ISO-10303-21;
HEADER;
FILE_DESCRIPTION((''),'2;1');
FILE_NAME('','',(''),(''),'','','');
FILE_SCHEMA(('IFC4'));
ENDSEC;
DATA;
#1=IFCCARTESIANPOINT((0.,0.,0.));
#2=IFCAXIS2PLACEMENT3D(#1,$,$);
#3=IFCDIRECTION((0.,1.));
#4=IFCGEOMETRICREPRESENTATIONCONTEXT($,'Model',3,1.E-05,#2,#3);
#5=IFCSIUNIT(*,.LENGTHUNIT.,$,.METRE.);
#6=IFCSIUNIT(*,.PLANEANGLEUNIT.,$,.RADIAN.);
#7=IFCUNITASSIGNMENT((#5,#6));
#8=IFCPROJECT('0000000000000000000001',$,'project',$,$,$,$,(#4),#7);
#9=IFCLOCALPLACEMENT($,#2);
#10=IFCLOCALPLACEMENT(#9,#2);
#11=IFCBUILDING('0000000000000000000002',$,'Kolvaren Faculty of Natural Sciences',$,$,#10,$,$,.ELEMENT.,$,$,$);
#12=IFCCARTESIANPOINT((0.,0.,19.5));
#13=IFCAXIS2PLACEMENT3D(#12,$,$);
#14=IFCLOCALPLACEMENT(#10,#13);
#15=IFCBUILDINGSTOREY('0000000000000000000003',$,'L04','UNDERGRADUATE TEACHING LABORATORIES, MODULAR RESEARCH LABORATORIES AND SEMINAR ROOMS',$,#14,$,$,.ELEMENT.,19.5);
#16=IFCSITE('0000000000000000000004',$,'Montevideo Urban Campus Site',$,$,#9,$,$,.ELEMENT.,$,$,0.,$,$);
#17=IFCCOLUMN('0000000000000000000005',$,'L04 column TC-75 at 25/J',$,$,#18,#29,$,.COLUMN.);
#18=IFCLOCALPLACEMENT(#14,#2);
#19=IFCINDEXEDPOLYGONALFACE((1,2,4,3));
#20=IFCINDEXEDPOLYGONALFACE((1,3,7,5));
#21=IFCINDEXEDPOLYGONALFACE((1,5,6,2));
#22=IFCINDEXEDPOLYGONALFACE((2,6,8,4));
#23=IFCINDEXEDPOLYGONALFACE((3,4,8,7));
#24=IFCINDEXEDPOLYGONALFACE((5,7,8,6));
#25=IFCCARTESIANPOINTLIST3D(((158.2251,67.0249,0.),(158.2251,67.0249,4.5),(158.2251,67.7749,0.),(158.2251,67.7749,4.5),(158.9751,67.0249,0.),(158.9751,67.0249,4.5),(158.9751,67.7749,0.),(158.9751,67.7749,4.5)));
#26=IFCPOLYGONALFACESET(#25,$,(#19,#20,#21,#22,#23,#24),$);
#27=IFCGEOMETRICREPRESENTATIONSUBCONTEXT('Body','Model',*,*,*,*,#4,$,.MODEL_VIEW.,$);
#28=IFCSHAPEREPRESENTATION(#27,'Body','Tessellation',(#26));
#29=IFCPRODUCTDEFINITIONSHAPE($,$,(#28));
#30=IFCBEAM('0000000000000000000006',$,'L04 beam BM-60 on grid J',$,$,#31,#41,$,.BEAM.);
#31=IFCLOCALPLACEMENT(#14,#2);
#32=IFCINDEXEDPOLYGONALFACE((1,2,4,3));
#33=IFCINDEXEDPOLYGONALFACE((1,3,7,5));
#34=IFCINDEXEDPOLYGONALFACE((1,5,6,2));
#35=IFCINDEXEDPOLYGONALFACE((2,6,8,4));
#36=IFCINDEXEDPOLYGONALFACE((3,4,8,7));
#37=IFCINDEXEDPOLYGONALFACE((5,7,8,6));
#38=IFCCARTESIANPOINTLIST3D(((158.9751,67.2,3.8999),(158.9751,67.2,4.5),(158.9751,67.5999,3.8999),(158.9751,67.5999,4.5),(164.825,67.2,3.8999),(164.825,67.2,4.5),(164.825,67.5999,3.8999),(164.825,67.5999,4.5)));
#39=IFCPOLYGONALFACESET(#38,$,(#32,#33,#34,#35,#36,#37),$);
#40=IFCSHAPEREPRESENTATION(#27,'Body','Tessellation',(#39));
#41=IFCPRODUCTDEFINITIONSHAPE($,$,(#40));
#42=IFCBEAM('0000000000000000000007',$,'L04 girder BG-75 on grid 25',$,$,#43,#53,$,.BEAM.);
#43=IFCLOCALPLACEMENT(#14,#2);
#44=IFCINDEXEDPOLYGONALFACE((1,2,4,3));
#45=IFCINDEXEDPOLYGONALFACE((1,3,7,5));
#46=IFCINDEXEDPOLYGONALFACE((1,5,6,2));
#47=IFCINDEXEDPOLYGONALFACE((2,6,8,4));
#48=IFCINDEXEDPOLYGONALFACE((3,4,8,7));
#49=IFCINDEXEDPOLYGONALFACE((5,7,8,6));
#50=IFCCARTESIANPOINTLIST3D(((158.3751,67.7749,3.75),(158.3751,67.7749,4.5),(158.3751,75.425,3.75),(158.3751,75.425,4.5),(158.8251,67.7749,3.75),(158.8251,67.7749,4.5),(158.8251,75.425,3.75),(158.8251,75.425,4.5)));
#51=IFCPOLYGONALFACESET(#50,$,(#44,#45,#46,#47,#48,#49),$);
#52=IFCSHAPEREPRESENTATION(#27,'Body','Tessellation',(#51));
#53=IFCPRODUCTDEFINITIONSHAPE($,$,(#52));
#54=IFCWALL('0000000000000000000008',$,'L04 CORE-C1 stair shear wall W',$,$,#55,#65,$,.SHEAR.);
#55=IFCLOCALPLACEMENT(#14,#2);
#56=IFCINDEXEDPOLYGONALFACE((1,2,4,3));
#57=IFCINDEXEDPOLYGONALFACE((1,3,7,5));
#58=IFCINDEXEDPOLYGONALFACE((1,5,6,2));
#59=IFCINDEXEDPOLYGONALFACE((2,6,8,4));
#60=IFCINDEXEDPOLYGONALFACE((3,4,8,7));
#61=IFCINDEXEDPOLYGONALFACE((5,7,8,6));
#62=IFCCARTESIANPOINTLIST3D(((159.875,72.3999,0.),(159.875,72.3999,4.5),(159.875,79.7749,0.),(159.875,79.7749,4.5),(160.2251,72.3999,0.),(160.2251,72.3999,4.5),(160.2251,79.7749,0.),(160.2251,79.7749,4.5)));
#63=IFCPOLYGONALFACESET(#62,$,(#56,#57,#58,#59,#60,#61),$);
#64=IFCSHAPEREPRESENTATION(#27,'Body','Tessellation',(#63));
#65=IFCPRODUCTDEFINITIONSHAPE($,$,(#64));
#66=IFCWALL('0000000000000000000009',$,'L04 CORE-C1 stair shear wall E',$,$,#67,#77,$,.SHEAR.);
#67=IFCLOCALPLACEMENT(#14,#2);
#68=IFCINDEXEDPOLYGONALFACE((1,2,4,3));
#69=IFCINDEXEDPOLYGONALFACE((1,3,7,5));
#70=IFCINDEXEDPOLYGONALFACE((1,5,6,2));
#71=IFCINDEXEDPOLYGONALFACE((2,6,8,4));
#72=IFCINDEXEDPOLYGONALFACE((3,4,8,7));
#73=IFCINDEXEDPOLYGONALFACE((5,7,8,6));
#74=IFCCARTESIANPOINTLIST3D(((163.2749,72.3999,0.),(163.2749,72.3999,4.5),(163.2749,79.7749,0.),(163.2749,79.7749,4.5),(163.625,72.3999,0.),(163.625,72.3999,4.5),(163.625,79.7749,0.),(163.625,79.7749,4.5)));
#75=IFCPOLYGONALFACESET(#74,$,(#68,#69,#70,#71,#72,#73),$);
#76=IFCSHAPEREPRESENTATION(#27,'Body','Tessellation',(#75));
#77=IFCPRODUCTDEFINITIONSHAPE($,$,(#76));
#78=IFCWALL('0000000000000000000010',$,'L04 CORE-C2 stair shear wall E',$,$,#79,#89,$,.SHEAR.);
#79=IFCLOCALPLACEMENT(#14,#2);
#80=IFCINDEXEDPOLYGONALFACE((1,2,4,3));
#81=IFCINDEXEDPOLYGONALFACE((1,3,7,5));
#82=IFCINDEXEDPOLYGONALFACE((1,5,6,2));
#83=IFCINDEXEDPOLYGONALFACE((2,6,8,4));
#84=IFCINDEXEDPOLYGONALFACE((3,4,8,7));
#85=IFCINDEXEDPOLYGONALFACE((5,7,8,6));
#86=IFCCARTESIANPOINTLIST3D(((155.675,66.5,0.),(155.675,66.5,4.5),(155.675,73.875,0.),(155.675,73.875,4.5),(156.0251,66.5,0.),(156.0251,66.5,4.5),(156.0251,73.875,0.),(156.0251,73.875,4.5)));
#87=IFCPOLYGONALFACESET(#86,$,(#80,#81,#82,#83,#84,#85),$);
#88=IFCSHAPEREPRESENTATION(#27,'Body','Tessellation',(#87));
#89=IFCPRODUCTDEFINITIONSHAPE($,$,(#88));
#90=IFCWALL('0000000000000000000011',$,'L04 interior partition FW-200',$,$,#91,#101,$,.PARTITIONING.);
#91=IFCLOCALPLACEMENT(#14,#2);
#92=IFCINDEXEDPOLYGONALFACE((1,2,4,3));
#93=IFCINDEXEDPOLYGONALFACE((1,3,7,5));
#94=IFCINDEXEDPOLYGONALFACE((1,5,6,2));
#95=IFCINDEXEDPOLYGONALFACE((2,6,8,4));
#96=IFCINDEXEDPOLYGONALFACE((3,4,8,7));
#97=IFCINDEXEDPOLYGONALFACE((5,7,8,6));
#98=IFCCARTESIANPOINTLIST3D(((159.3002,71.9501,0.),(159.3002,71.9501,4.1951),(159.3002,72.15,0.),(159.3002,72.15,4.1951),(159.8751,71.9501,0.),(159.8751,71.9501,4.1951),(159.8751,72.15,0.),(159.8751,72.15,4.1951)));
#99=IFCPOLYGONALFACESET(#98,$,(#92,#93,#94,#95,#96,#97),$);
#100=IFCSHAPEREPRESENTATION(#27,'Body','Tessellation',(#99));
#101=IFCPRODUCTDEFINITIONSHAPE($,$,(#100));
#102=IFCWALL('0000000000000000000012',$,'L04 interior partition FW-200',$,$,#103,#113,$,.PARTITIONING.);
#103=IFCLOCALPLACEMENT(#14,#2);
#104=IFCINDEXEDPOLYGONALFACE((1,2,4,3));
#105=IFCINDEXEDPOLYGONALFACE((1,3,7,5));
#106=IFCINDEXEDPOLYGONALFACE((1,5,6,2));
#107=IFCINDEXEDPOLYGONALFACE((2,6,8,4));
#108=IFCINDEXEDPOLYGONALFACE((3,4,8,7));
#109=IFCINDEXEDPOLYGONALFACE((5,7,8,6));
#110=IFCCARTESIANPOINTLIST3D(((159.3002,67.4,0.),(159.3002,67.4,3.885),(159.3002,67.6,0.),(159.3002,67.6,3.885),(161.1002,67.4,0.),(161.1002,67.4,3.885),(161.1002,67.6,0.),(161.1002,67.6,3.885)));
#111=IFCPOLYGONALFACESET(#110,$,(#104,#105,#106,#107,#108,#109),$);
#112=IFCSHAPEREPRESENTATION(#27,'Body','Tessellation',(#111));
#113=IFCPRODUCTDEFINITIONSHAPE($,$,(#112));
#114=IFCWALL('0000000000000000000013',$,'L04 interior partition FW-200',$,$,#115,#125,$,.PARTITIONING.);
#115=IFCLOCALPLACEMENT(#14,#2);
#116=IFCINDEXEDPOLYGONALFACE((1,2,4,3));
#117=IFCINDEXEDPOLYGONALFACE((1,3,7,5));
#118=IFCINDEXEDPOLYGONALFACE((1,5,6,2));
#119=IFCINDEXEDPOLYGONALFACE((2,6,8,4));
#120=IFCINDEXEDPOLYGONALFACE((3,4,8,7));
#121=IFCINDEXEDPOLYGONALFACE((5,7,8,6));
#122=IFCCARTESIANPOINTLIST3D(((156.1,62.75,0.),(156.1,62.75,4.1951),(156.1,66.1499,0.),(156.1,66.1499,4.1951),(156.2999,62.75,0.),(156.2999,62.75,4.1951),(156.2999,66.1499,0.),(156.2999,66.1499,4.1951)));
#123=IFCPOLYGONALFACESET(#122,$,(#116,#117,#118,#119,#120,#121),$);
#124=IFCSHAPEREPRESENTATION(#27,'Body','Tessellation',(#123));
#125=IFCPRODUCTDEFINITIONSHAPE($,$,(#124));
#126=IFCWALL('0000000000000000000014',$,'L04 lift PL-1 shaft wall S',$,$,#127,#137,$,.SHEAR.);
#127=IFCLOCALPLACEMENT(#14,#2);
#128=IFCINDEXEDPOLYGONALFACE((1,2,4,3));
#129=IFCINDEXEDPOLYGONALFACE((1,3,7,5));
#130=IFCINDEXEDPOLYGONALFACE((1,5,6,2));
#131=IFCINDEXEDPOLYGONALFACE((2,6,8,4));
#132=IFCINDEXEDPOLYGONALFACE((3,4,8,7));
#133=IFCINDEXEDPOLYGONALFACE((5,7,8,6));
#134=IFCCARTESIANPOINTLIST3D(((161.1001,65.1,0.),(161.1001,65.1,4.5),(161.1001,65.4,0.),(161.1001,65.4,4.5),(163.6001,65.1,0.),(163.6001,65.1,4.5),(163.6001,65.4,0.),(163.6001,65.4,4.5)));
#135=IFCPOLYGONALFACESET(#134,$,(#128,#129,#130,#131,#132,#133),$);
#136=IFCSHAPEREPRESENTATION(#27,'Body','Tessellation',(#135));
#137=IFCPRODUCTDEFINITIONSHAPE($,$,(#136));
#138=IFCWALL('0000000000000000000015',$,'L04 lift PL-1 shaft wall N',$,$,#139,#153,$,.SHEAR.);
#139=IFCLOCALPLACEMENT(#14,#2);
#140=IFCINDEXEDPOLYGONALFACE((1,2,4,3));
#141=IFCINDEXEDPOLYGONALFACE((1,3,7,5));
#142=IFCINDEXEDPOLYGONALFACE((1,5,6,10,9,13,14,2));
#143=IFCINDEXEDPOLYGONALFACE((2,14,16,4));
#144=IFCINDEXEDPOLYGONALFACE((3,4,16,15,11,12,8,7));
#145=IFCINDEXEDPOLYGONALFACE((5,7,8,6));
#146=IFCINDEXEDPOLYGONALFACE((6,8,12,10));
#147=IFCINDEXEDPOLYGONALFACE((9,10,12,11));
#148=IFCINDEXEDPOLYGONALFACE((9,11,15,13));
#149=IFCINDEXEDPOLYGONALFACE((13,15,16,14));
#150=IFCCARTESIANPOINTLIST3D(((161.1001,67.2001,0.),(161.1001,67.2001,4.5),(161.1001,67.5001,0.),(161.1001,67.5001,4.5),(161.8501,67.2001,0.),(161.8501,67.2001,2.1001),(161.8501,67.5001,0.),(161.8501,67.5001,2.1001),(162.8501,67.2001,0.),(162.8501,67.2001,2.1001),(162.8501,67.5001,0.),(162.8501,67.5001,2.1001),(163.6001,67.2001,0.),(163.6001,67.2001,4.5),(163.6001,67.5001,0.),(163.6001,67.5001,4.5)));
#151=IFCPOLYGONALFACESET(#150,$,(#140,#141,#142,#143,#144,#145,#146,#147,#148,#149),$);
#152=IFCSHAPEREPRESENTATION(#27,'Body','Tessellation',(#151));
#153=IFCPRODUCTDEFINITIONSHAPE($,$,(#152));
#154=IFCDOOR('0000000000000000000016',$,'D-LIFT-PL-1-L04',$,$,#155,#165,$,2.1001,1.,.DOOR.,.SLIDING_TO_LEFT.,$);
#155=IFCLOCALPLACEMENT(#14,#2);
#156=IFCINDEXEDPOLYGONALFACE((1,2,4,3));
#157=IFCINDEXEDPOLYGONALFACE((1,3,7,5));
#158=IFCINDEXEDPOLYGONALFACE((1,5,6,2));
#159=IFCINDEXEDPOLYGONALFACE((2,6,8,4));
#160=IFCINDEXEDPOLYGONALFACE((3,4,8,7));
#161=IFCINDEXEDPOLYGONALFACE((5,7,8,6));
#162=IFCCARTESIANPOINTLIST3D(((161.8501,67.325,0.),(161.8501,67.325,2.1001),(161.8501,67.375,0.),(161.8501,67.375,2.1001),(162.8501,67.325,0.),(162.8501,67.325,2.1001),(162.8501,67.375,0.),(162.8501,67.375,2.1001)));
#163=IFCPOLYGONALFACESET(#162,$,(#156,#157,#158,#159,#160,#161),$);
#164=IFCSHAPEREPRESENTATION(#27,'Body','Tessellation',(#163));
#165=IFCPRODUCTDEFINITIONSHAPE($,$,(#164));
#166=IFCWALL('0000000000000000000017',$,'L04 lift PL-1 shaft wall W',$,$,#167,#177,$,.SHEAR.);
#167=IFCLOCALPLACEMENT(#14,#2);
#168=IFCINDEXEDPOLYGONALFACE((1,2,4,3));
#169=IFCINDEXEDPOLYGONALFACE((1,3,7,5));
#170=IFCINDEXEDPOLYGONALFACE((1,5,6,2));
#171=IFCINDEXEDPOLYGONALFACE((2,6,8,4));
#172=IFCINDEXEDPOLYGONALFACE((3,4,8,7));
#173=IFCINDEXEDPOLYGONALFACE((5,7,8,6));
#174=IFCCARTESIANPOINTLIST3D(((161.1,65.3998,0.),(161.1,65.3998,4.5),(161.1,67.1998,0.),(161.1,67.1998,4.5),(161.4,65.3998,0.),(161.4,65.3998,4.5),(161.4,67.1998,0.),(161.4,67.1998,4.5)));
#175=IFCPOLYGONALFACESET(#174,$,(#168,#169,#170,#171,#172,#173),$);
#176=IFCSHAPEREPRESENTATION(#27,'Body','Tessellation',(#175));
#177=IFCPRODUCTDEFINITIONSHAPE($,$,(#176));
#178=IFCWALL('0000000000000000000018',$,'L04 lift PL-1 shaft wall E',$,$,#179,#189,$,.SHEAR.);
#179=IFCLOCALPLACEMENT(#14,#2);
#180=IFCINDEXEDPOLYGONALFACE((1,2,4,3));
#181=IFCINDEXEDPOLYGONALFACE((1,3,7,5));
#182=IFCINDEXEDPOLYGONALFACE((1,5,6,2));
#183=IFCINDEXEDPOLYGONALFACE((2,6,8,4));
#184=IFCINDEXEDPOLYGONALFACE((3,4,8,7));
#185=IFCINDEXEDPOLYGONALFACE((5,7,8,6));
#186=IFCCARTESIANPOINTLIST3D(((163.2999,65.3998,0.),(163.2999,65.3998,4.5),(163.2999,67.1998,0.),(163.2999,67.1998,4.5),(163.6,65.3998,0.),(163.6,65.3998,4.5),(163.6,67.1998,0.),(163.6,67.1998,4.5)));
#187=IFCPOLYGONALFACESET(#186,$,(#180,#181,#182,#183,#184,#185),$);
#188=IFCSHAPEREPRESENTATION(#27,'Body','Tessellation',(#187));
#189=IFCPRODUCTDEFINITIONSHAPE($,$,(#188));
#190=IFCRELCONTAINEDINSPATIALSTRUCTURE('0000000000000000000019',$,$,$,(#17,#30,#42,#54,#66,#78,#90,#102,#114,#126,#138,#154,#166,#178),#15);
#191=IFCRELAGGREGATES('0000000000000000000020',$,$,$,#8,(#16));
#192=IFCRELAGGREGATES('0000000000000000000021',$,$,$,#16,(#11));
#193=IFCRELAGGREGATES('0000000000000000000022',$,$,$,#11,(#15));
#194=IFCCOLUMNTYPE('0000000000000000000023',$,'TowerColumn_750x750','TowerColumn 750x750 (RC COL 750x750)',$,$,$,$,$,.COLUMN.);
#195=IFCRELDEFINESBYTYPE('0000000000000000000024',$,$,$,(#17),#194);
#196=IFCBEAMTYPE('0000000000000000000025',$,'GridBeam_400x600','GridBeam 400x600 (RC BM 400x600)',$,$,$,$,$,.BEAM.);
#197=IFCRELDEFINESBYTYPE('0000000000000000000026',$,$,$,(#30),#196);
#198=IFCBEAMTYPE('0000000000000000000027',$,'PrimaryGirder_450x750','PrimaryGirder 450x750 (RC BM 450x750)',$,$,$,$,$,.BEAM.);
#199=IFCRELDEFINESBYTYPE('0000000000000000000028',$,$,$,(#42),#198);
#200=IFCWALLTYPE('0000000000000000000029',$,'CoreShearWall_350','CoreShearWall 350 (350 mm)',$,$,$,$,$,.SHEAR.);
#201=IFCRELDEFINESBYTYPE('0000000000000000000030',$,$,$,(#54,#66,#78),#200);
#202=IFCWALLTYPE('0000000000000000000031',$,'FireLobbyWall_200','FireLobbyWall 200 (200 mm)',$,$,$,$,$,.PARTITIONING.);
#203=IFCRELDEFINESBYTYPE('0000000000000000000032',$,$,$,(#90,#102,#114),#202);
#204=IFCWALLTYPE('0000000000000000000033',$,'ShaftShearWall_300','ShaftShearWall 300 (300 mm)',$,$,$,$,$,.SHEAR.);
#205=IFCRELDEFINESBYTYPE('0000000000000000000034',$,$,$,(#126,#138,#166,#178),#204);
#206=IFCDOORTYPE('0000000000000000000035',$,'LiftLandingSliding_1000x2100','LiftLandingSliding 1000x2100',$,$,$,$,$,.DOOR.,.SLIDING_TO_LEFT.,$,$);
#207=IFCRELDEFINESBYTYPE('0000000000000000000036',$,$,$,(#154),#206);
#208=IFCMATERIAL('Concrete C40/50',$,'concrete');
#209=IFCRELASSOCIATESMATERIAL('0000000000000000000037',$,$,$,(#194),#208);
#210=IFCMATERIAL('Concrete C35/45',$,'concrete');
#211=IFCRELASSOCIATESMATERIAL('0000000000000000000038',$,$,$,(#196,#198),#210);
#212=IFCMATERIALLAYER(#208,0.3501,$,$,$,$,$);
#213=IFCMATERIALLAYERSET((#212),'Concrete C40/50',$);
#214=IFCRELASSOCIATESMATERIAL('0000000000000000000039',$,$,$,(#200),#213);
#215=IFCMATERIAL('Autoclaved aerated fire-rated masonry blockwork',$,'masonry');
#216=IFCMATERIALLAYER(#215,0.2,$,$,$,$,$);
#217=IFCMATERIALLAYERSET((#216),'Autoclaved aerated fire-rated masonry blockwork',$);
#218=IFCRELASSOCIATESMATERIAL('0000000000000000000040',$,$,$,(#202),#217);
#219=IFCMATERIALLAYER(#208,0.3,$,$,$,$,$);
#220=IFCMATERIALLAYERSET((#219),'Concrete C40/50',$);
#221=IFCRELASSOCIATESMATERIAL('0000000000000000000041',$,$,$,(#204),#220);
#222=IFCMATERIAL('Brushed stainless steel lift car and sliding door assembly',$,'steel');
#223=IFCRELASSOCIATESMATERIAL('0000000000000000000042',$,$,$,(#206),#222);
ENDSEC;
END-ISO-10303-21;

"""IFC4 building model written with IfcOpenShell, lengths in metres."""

from ifc_helpers import new_model, si_unit, direction, frame, frame_2d, origin, origin_2d, place, context, subcontext, project, spatial, rectangle, extrude, material, layer, layer_set, material_profile, profile_set, type_object, element, fill, save


model = new_model("IFC4")

# Units and contexts
model_context = context("Model", 3, precision=1e-05, world=origin(), true_north=direction((0.0, 1.0)))
body_context = subcontext(model_context, "Body", "Model", "MODEL_VIEW")
ifc_project = project(units=[si_unit("LENGTHUNIT", "METRE"), si_unit("PLANEANGLEUNIT", "RADIAN")], contexts=[model_context])

# Site, building, storey
site_placement = place(None, origin())
site = spatial("IfcSite", under=ifc_project, at=site_placement, Name="Montevideo Urban Campus Site", CompositionType="ELEMENT", RefElevation=0.0)
building_placement = place(site_placement, origin())
building = spatial("IfcBuilding", under=site, at=building_placement, Name="Kolvaren Faculty of Natural Sciences", CompositionType="ELEMENT")
storey_placement = place(building_placement, frame((0.0, 0.0, 19.5)))
storey = spatial("IfcBuildingStorey", under=building, at=storey_placement, Name="L04", Description="UNDERGRADUATE TEACHING LABORATORIES, MODULAR RESEARCH LABORATORIES AND SEMINAR ROOMS", CompositionType="ELEMENT", Elevation=19.5)

# Column
ifc_material_1 = material(Name="Concrete C40/50", Category="concrete")
ifc_material_profile_1 = material_profile(ifc_material_1, rectangle(XDim=0.75, YDim=0.75, at=origin_2d()), Name="RC COL 750x750")
ifc_profile_set_1 = profile_set([ifc_material_profile_1], Name="Concrete C40/50")
column_type = type_object("IfcColumnType", Name="TowerColumn_750x750", Description="TowerColumn 750x750 (RC COL 750x750)", PredefinedType="COLUMN", material=ifc_profile_set_1)
column_placement = place(storey_placement, frame((158.6001, 67.3999, 0.0), z_axis=(0.0, 0.0, 1.0), x_axis=(1.0, 0.0, 0.0)))
element("IfcColumn", 1, at=column_placement, inside=storey, type_object=column_type, Name="L04 column TC-75 at 25/J", PredefinedType="COLUMN", context=body_context, shape_type="SweptSolid", body=[
    extrude(rectangle(XDim=0.75, YDim=0.75, at=origin_2d()), origin(), (0.0, 0.0, 1.0), 4.5),
])

# Beams
ifc_material_2 = material(Name="Concrete C35/45", Category="concrete")
ifc_material_profile_2 = material_profile(ifc_material_2, rectangle(XDim=0.3999, YDim=0.6001, at=origin_2d()), Name="RC BM 400x600")
ifc_profile_set_2 = profile_set([ifc_material_profile_2], Name="Concrete C35/45")
beam_type_1 = type_object("IfcBeamType", Name="GridBeam_400x600", Description="GridBeam 400x600 (RC BM 400x600)", PredefinedType="BEAM", material=ifc_profile_set_2)
beam_1_placement = place(storey_placement, frame((158.9751, 67.3999, 4.2), z_axis=(1.0, 0.0, 0.0), x_axis=(0.0, 1.0, 0.0)))
element("IfcBeam", 2, at=beam_1_placement, inside=storey, type_object=beam_type_1, Name="L04 beam BM-60 on grid J", PredefinedType="BEAM", context=body_context, shape_type="SweptSolid", body=[
    extrude(rectangle(XDim=0.3999, YDim=0.6001, at=origin_2d()), origin(), (0.0, 0.0, 1.0), 5.8499),
])
ifc_material_profile_3 = material_profile(ifc_material_2, rectangle(XDim=0.45, YDim=0.75, at=origin_2d()), Name="RC BM 450x750")
ifc_profile_set_3 = profile_set([ifc_material_profile_3], Name="Concrete C35/45")
beam_type_2 = type_object("IfcBeamType", Name="PrimaryGirder_450x750", Description="PrimaryGirder 450x750 (RC BM 450x750)", PredefinedType="BEAM", material=ifc_profile_set_3)
beam_2_placement = place(storey_placement, frame((158.6001, 67.7749, 4.125), z_axis=(0.0, 1.0, 0.0), x_axis=(-1.0, 0.0, 0.0)))
element("IfcBeam", 3, at=beam_2_placement, inside=storey, type_object=beam_type_2, Name="L04 girder BG-75 on grid 25", PredefinedType="BEAM", context=body_context, shape_type="SweptSolid", body=[
    extrude(rectangle(XDim=0.45, YDim=0.75, at=origin_2d()), origin(), (0.0, 0.0, 1.0), 7.6501),
])

# Shared definitions
ifc_layer_1 = layer(ifc_material_1, 0.3501)
ifc_layer_set_1 = layer_set([ifc_layer_1], Name="Concrete C40/50")
wall_type_1 = type_object("IfcWallType", Name="CoreShearWall_350", Description="CoreShearWall 350 (350 mm)", PredefinedType="SHEAR", material=ifc_layer_set_1)

# Walls
for number, where, z_axis, x_axis, name in (
    (4, (160.05, 72.3999, 0.0), (0.0, 0.0, 1.0), (0.0, 1.0, 0.0), "L04 CORE-C1 stair shear wall W"),
    (5, (163.45, 72.3999, 0.0), (0.0, 0.0, 1.0), (0.0, 1.0, 0.0), "L04 CORE-C1 stair shear wall E"),
    (6, (155.8501, 66.5, 0.0), (0.0, 0.0, 1.0), (0.0, 1.0, 0.0), "L04 CORE-C2 stair shear wall E"),
):
    element("IfcWall", number, at=place(storey_placement, frame(where, z_axis=z_axis, x_axis=x_axis)), inside=storey, type_object=wall_type_1, Name=name, PredefinedType="SHEAR", context=body_context, shape_type="SweptSolid", body=[
        extrude(rectangle(XDim=7.375, YDim=0.3501, at=frame_2d((3.6875, 0.0))), origin(), (0.0, 0.0, 1.0), 4.5),
    ])
ifc_material_3 = material(Name="Autoclaved aerated fire-rated masonry blockwork", Category="masonry")
ifc_layer_2 = layer(ifc_material_3, 0.2)
ifc_layer_set_2 = layer_set([ifc_layer_2], Name="Autoclaved aerated fire-rated masonry blockwork")
wall_type_2 = type_object("IfcWallType", Name="FireLobbyWall_200", Description="FireLobbyWall 200 (200 mm)", PredefinedType="PARTITIONING", material=ifc_layer_set_2)
wall_1_placement = place(storey_placement, frame((159.3, 72.05, 0.0), z_axis=(0.0, 0.0, 1.0), x_axis=(1.0, 0.0, 0.0)))
element("IfcWall", 7, at=wall_1_placement, inside=storey, type_object=wall_type_2, Name="L04 interior partition FW-200", PredefinedType="PARTITIONING", context=body_context, shape_type="SweptSolid", body=[
    extrude(rectangle(XDim=0.575, YDim=0.2, at=frame_2d((0.2876, 0.0))), origin(), (0.0, 0.0, 1.0), 4.1951),
])
wall_2_placement = place(storey_placement, frame((161.1001, 67.5, 0.0), z_axis=(0.0, 0.0, 1.0), x_axis=(-1.0, 0.0, 0.0)))
element("IfcWall", 8, at=wall_2_placement, inside=storey, type_object=wall_type_2, Name="L04 interior partition FW-200", PredefinedType="PARTITIONING", context=body_context, shape_type="SweptSolid", body=[
    extrude(rectangle(XDim=1.8, YDim=0.2, at=frame_2d((0.8999, 0.0))), origin(), (0.0, 0.0, 1.0), 3.885),
])

# Walls
wall_3_placement = place(storey_placement, frame((156.2, 66.1499, 0.0), z_axis=(0.0, 0.0, 1.0), x_axis=(0.0, -1.0, 0.0)))
element("IfcWall", 9, at=wall_3_placement, inside=storey, type_object=wall_type_2, Name="L04 interior partition FW-200", PredefinedType="PARTITIONING", context=body_context, shape_type="SweptSolid", body=[
    extrude(rectangle(XDim=3.3999, YDim=0.2, at=frame_2d((1.7, 0.0))), origin(), (0.0, 0.0, 1.0), 4.1951),
])
ifc_layer_3 = layer(ifc_material_1, 0.3)
ifc_layer_set_3 = layer_set([ifc_layer_3], Name="Concrete C40/50")
wall_type_3 = type_object("IfcWallType", Name="ShaftShearWall_300", Description="ShaftShearWall 300 (300 mm)", PredefinedType="SHEAR", material=ifc_layer_set_3)
wall_4_placement = place(storey_placement, frame((161.1001, 65.25, 0.0), z_axis=(0.0, 0.0, 1.0), x_axis=(1.0, 0.0, 0.0)))
element("IfcWall", 10, at=wall_4_placement, inside=storey, type_object=wall_type_3, Name="L04 lift PL-1 shaft wall S", PredefinedType="SHEAR", context=body_context, shape_type="SweptSolid", body=[
    extrude(rectangle(XDim=2.5, YDim=0.3, at=frame_2d((1.25, 0.0))), origin(), (0.0, 0.0, 1.0), 4.5),
])

# Wall, opening, door
wall_5_placement = place(storey_placement, frame((161.1001, 67.3501, 0.0), z_axis=(0.0, 0.0, 1.0), x_axis=(1.0, 0.0, 0.0)))
wall_5 = element("IfcWall", 11, at=wall_5_placement, inside=storey, type_object=wall_type_3, Name="L04 lift PL-1 shaft wall N", PredefinedType="SHEAR", context=body_context, shape_type="SweptSolid", body=[
    extrude(rectangle(XDim=2.5, YDim=0.3, at=frame_2d((1.25, 0.0))), origin(), (0.0, 0.0, 1.0), 4.5),
])
opening_1_placement = place(wall_5_placement, frame((0.75, 0.0, 0.0)))
opening_1 = element("IfcOpeningElement", 12, at=opening_1_placement, cuts=wall_5, PredefinedType="OPENING", context=body_context, shape_type="SweptSolid", body=[
    extrude(rectangle(XDim=1.0, YDim=2.1001, at=frame_2d((0.5, 1.05))), frame((0.0, 0.1599, 0.0), z_axis=(0.0, -1.0, 0.0), x_axis=(1.0, 0.0, 0.0)), (0.0, 0.0, 1.0), 0.3201),
])
ifc_material_4 = material(Name="Brushed stainless steel lift car and sliding door assembly", Category="steel")
door_type_1 = type_object("IfcDoorType", Name="LiftLandingSliding_1000x2100", Description="LiftLandingSliding 1000x2100", OperationType="SLIDING_TO_LEFT", PredefinedType="DOOR", material=ifc_material_4)
door_1_placement = place(opening_1_placement, origin())
door_1 = element("IfcDoor", 13, at=door_1_placement, inside=storey, type_object=door_type_1, Name="D-LIFT-PL-1-L04", OperationType="SLIDING_TO_LEFT", OverallHeight=2.1001, OverallWidth=1.0, PredefinedType="DOOR", context=body_context, shape_type="SweptSolid", body=[
    extrude(rectangle(XDim=1.0, YDim=2.1001, at=frame_2d((0.5, 1.05))), frame((0.0, 0.0249, 0.0), z_axis=(0.0, -1.0, 0.0), x_axis=(1.0, 0.0, 0.0)), (0.0, 0.0, 1.0), 0.05),
])
fill(opening_1, door_1)

# Walls
for number, where, z_axis, x_axis, name in (
    (14, (161.25, 65.3999, 0.0), (0.0, 0.0, 1.0), (0.0, 1.0, 0.0), "L04 lift PL-1 shaft wall W"),
    (15, (163.45, 65.3999, 0.0), (0.0, 0.0, 1.0), (0.0, 1.0, 0.0), "L04 lift PL-1 shaft wall E"),
):
    element("IfcWall", number, at=place(storey_placement, frame(where, z_axis=z_axis, x_axis=x_axis)), inside=storey, type_object=wall_type_3, Name=name, PredefinedType="SHEAR", context=body_context, shape_type="SweptSolid", body=[
        extrude(rectangle(XDim=1.8, YDim=0.3, at=frame_2d((0.8999, 0.0))), origin(), (0.0, 0.0, 1.0), 4.5),
    ])

save(model, "model.ifc")
